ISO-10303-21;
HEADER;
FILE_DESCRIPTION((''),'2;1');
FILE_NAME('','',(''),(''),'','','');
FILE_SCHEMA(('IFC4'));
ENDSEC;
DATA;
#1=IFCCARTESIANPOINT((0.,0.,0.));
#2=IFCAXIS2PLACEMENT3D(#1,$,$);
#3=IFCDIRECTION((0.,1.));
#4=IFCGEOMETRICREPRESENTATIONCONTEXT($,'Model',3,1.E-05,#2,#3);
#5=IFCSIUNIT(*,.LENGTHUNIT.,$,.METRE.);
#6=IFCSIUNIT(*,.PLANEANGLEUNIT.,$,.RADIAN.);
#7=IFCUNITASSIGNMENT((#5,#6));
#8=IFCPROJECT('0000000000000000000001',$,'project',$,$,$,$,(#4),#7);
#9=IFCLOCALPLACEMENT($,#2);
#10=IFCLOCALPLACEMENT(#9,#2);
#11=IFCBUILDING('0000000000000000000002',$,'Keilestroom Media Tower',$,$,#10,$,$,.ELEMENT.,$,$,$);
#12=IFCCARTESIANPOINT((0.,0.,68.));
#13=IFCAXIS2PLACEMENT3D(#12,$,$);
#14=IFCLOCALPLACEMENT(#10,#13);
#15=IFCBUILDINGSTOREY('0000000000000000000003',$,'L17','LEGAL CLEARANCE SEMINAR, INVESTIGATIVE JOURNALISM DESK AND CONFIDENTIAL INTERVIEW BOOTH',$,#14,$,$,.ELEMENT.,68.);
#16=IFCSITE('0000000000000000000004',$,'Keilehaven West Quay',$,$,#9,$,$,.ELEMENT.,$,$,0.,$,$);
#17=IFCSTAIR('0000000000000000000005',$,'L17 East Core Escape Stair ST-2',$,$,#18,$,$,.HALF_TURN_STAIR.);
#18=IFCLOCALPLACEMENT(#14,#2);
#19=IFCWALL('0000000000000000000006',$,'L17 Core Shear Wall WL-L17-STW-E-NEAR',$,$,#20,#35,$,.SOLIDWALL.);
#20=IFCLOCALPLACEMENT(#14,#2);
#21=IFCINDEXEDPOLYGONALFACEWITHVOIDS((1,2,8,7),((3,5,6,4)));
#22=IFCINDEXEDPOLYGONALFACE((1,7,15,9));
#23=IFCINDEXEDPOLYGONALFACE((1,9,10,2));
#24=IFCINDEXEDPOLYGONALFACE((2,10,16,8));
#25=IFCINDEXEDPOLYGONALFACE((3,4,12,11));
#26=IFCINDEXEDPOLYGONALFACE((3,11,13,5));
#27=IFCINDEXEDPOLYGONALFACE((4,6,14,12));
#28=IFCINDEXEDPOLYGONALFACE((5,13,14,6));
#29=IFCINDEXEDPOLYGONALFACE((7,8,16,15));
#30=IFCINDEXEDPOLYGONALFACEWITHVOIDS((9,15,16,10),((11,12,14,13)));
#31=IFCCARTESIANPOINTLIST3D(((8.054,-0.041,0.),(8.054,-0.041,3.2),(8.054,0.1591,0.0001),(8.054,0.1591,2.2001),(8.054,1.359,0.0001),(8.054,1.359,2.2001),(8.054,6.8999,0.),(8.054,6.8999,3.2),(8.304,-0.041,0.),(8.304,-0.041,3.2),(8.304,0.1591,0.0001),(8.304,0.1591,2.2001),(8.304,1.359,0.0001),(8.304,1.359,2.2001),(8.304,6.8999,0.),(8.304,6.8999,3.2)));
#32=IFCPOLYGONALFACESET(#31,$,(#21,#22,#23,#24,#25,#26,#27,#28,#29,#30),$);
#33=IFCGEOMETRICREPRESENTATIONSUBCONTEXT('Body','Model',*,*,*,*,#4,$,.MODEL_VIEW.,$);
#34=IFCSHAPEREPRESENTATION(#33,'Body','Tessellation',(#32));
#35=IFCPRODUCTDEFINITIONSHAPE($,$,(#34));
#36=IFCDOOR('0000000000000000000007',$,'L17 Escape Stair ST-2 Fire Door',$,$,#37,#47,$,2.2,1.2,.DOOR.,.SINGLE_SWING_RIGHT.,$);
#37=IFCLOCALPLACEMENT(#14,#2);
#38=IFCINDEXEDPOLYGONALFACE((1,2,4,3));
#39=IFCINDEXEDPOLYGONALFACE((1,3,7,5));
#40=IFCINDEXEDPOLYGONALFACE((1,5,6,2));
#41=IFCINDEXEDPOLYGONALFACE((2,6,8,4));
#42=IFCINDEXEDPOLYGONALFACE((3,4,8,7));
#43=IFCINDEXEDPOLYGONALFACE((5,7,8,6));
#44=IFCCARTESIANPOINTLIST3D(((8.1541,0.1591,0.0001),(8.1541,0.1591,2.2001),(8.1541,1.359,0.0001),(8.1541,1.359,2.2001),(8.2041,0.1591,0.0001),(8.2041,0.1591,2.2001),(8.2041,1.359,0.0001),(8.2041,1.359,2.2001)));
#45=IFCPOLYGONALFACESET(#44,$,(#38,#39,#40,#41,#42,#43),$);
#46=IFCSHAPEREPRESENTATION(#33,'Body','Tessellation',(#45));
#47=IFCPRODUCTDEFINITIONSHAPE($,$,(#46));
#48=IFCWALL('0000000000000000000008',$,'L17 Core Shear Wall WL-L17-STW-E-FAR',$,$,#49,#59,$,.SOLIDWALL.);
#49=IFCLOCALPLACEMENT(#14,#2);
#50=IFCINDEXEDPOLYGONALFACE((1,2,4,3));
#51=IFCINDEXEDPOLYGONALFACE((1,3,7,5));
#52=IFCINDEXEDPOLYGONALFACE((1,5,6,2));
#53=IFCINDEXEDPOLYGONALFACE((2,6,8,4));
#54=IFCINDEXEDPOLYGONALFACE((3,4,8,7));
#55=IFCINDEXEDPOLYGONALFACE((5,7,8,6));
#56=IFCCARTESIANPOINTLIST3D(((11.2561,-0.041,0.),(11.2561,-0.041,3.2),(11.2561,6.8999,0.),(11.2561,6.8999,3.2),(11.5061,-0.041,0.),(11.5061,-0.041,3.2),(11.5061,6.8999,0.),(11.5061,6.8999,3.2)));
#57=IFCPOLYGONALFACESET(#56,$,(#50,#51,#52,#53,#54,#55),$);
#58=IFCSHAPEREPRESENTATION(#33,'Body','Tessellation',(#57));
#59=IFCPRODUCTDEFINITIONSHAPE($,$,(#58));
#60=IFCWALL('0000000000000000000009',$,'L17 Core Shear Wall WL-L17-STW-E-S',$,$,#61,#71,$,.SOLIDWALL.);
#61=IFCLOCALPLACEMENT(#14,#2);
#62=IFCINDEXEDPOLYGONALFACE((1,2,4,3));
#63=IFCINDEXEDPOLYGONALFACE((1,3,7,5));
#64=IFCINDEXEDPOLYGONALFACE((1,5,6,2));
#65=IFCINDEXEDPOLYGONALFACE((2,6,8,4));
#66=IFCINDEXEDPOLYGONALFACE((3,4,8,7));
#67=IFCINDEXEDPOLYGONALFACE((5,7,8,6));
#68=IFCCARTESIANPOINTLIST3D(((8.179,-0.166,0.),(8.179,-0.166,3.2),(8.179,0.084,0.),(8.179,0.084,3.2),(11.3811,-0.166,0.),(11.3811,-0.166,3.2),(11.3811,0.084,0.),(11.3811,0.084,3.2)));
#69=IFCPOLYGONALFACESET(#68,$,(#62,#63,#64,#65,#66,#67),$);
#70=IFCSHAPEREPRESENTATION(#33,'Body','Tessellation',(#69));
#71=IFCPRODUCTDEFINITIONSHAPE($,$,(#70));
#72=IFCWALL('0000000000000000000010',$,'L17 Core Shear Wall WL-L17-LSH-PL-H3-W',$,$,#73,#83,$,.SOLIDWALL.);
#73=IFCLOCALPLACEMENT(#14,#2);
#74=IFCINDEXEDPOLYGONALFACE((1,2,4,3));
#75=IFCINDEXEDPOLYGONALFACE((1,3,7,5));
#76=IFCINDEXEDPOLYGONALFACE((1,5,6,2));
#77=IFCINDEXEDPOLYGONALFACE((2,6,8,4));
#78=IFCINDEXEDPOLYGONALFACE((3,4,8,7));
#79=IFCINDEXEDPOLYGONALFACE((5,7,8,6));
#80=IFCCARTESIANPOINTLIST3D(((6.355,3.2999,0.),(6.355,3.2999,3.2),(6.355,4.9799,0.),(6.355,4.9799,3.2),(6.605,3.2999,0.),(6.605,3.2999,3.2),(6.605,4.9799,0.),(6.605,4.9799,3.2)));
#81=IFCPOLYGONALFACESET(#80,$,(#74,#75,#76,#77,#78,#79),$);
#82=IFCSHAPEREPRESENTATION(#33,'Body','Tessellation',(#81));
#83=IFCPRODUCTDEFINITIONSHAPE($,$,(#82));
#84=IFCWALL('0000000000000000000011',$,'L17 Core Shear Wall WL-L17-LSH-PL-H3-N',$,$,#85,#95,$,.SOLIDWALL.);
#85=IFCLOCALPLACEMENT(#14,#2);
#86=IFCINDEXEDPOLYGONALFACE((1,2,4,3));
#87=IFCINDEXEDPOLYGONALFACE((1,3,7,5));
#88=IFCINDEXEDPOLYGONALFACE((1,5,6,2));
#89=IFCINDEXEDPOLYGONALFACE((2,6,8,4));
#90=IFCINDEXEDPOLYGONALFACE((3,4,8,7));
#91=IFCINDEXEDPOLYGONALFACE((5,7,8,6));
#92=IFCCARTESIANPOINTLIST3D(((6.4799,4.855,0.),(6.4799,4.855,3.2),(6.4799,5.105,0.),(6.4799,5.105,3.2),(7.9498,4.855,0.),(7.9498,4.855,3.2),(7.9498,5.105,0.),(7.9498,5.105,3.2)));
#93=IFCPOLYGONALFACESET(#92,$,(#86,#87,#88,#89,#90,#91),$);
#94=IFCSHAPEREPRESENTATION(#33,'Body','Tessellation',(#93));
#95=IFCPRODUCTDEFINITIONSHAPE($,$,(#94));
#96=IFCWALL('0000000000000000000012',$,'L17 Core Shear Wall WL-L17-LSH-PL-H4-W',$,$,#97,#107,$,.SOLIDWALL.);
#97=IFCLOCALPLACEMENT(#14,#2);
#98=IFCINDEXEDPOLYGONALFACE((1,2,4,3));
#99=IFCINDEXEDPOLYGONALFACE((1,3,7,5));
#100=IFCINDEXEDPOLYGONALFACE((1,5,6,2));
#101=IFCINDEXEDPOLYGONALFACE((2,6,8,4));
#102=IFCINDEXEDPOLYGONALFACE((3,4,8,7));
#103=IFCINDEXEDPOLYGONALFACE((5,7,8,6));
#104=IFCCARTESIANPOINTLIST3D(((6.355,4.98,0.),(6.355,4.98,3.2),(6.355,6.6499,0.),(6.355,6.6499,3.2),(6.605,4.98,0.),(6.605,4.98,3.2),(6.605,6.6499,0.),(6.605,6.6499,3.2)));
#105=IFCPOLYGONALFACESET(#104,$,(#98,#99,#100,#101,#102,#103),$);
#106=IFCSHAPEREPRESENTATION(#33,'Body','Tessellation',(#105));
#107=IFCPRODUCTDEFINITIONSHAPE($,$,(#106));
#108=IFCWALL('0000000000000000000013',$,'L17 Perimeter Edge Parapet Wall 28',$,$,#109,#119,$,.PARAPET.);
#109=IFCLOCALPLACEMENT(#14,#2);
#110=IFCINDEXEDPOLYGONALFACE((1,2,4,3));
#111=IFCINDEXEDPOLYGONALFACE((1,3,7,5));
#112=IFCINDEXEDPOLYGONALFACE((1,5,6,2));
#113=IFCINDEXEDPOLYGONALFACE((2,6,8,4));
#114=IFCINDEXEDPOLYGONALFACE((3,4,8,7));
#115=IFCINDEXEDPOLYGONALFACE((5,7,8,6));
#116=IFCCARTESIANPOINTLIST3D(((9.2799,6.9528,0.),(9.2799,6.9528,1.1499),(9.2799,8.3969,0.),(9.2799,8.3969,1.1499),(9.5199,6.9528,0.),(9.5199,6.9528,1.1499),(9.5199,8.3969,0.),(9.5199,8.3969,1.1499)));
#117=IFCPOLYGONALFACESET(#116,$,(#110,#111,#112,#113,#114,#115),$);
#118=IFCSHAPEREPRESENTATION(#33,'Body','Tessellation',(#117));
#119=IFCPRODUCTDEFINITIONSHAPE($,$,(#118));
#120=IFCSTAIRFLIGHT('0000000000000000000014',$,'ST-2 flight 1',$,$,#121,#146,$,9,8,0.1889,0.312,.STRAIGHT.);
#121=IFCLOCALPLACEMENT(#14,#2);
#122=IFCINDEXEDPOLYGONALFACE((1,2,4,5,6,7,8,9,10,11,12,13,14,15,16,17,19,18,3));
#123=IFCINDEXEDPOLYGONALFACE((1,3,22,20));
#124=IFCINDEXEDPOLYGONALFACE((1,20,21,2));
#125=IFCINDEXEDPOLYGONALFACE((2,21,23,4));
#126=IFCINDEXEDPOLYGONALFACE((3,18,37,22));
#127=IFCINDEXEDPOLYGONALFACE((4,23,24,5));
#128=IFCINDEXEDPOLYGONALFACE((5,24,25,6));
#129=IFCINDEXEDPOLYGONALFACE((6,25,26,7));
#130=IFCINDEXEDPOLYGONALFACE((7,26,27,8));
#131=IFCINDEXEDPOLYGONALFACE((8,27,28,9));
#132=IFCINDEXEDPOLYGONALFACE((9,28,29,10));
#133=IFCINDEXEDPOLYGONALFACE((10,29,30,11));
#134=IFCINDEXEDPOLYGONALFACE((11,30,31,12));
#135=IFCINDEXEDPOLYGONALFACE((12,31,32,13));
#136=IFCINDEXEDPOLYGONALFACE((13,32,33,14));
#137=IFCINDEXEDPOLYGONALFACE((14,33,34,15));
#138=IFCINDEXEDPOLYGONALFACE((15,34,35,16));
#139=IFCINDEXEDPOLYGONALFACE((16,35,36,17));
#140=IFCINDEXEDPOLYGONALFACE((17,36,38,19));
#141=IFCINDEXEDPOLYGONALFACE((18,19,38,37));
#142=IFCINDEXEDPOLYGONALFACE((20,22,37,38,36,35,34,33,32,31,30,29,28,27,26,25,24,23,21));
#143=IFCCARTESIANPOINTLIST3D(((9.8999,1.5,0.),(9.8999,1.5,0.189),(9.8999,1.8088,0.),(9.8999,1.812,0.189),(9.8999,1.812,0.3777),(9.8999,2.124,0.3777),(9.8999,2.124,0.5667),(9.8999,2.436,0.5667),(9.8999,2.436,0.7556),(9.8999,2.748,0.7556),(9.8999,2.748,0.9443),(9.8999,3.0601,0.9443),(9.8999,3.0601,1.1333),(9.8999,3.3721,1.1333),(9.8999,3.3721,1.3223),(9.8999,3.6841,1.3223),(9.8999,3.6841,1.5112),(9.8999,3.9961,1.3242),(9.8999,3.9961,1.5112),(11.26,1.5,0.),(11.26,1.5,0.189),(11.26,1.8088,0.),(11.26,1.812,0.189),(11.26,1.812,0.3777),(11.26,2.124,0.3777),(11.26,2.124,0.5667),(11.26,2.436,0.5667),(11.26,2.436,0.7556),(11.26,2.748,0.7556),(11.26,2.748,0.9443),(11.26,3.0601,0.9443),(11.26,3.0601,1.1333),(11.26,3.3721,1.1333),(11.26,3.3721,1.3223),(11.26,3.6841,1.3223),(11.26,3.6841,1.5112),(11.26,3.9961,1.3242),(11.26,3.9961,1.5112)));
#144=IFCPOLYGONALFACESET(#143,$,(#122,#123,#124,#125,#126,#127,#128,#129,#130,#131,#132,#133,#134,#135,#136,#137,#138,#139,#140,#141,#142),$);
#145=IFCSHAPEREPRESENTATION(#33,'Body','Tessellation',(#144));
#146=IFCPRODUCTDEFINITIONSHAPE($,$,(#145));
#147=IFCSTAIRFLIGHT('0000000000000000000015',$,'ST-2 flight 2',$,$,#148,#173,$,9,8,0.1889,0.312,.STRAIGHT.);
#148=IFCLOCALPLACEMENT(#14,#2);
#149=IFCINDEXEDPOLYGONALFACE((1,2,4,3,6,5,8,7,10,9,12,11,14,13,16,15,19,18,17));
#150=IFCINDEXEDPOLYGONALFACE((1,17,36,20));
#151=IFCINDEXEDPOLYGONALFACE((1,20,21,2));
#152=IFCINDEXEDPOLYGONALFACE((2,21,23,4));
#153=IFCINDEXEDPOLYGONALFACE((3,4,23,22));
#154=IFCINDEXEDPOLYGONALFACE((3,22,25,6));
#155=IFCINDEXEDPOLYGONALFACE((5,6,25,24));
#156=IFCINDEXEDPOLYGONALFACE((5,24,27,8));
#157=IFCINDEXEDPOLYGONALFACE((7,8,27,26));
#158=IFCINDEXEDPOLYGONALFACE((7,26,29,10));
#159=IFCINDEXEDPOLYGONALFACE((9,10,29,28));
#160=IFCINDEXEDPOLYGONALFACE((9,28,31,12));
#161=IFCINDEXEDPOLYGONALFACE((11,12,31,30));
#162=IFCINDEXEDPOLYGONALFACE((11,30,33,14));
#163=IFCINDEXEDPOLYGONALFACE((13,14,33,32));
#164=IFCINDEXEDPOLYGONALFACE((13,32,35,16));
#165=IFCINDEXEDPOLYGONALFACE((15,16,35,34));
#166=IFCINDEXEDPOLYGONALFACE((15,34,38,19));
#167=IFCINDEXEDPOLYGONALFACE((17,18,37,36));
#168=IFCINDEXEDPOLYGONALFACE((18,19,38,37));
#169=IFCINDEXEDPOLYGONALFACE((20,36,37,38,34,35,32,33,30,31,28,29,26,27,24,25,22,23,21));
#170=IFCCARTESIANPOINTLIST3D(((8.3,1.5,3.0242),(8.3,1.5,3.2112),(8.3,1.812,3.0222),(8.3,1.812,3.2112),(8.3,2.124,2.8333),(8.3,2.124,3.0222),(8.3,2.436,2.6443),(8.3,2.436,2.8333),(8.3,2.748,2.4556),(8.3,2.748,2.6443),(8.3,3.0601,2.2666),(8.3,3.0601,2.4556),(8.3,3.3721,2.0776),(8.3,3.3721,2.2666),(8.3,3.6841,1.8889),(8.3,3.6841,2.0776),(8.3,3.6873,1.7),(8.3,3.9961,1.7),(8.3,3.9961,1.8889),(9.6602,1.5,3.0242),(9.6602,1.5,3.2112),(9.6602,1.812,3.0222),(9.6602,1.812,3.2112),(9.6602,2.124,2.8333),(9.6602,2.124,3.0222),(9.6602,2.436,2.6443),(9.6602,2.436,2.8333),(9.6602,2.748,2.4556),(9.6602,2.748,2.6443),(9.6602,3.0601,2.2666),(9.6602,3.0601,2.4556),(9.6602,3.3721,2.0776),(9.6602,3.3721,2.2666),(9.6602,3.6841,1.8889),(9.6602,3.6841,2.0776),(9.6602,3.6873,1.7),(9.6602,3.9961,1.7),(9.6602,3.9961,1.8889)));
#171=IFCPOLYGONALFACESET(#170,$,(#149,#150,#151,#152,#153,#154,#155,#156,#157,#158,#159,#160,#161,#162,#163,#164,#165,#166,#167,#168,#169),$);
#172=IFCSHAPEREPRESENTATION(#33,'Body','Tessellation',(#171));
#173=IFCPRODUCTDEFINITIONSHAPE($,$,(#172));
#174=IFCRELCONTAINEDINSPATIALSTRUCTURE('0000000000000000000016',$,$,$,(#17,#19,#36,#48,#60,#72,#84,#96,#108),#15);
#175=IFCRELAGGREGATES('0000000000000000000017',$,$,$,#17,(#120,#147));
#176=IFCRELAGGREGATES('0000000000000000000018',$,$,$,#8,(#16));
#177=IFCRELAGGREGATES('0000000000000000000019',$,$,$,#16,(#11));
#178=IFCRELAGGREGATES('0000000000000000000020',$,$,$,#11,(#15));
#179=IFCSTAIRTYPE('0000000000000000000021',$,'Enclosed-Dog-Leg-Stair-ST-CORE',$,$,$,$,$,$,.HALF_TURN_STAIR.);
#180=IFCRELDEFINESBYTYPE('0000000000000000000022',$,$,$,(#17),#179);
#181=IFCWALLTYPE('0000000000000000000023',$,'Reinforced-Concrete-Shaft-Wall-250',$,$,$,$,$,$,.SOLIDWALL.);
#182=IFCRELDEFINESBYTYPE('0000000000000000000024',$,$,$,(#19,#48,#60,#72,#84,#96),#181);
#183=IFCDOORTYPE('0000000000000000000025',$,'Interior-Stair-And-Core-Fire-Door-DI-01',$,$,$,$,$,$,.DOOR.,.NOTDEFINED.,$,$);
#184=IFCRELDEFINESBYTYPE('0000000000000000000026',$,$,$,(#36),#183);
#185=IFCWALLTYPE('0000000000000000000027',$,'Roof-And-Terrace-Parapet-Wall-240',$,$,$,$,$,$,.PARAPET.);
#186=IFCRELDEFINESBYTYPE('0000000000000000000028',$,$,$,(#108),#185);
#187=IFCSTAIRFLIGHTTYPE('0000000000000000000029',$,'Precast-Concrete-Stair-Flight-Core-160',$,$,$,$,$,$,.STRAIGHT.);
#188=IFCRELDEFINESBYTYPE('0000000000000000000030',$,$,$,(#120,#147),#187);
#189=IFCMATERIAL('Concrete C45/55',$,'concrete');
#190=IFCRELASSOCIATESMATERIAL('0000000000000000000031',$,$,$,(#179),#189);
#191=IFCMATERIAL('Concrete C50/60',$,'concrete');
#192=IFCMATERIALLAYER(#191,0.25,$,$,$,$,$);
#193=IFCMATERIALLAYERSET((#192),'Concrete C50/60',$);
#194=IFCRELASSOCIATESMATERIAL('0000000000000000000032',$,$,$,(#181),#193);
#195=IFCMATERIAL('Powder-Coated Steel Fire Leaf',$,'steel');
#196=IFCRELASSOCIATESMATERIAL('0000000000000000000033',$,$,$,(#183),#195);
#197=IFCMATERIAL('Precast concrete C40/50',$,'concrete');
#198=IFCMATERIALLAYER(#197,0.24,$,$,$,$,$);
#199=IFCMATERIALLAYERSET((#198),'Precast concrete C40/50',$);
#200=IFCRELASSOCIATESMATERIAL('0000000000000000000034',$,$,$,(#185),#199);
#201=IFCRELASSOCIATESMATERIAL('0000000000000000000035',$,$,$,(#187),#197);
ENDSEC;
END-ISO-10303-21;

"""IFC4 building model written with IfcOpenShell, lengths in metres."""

from ifc_helpers import new_model, si_unit, direction, frame, frame_2d, origin, place, context, subcontext, project, spatial, polyline, rectangle, outline, extrude, source, transform, mapped, material, layer, layer_set, type_object, element, fill, aggregate, save


model = new_model("IFC4")

# Units and contexts
model_context = context("Model", 3, precision=1e-05, world=origin(), true_north=direction((0.0, 1.0)))
body_context = subcontext(model_context, "Body", "Model", "MODEL_VIEW")
ifc_project = project(units=[si_unit("LENGTHUNIT", "METRE"), si_unit("PLANEANGLEUNIT", "RADIAN")], contexts=[model_context])

# Site, building, storey
site_placement = place(None, origin())
site = spatial("IfcSite", under=ifc_project, at=site_placement, Name="Keilehaven West Quay", CompositionType="ELEMENT", RefElevation=0.0)
building_placement = place(site_placement, origin())
building = spatial("IfcBuilding", under=site, at=building_placement, Name="Keilestroom Media Tower", CompositionType="ELEMENT")
storey_placement = place(building_placement, frame((0.0, 0.0, 68.0)))
storey = spatial("IfcBuildingStorey", under=building, at=storey_placement, Name="L17", Description="LEGAL CLEARANCE SEMINAR, INVESTIGATIVE JOURNALISM DESK AND CONFIDENTIAL INTERVIEW BOOTH", CompositionType="ELEMENT", Elevation=68.0)

# Stair
ifc_material_1 = material(Name="Concrete C45/55", Category="concrete")
stair_type = type_object("IfcStairType", Name="Enclosed-Dog-Leg-Stair-ST-CORE", PredefinedType="HALF_TURN_STAIR", material=ifc_material_1)
stair_1_placement = place(storey_placement, origin())
stair_1 = element("IfcStair", 1, at=stair_1_placement, inside=storey, type_object=stair_type, Name="L17 East Core Escape Stair ST-2", PredefinedType="HALF_TURN_STAIR")

# Shared definitions
ifc_material_2 = material(Name="Concrete C50/60", Category="concrete")
ifc_layer_1 = layer(ifc_material_2, 0.25)
ifc_layer_set_1 = layer_set([ifc_layer_1], Name="Concrete C50/60")
wall_type_1 = type_object("IfcWallType", Name="Reinforced-Concrete-Shaft-Wall-250", PredefinedType="SOLIDWALL", material=ifc_layer_set_1)

# Wall, opening, door
wall_1_placement = place(storey_placement, frame((8.179, -0.041, 0.0), z_axis=(0.0, 0.0, 1.0), x_axis=(0.0, 1.0, 0.0)))
wall_1 = element("IfcWall", 2, at=wall_1_placement, inside=storey, type_object=wall_type_1, Name="L17 Core Shear Wall WL-L17-STW-E-NEAR", PredefinedType="SOLIDWALL", context=body_context, shape_type="SweptSolid", body=[
    extrude(rectangle(XDim=6.9409, YDim=0.25, at=frame_2d((3.4705, 0.0))), origin(), (0.0, 0.0, 1.0), 3.2),
])
opening_placement = place(wall_1_placement, frame((0.2, 0.0, 0.0)))
opening = element("IfcOpeningElement", 3, at=opening_placement, cuts=wall_1, PredefinedType="OPENING", context=body_context, shape_type="SweptSolid", body=[
    extrude(rectangle(XDim=1.2, YDim=2.2, at=frame_2d((0.6001, 1.1001))), frame((0.0, 0.135, 0.0), z_axis=(0.0, -1.0, 0.0), x_axis=(1.0, 0.0, 0.0)), (0.0, 0.0, 1.0), 0.27),
])
ifc_material_3 = material(Name="Powder-Coated Steel Fire Leaf", Category="steel")
door_type = type_object("IfcDoorType", Name="Interior-Stair-And-Core-Fire-Door-DI-01", OperationType="NOTDEFINED", PredefinedType="DOOR", material=ifc_material_3)
shared_shape_1 = source(origin(), body_context, "Body", "SweptSolid", [
    extrude(rectangle(XDim=1.2, YDim=2.2, at=frame_2d((0.6001, 1.1001))), frame((0.0, 0.0249, 0.0), z_axis=(0.0, -1.0, 0.0), x_axis=(1.0, 0.0, 0.0)), (0.0, 0.0, 1.0), 0.05),
])
door_placement = place(opening_placement, origin())
door = element("IfcDoor", 4, at=door_placement, inside=storey, type_object=door_type, Name="L17 Escape Stair ST-2 Fire Door", OperationType="SINGLE_SWING_RIGHT", OverallHeight=2.2, OverallWidth=1.2, PredefinedType="DOOR", context=body_context, shape_type="MappedRepresentation", body=[
    mapped(shared_shape_1, transform((0.0, 0.0, 0.0), x_axis=(1.0, 0.0, 0.0), y_axis=(0.0, 1.0, 0.0), z_axis=(0.0, 0.0, 1.0), scale=1.0)),
])
fill(opening, door)

# Walls
wall_2_placement = place(storey_placement, frame((11.3811, -0.041, 0.0), z_axis=(0.0, 0.0, 1.0), x_axis=(0.0, 1.0, 0.0)))
element("IfcWall", 5, at=wall_2_placement, inside=storey, type_object=wall_type_1, Name="L17 Core Shear Wall WL-L17-STW-E-FAR", PredefinedType="SOLIDWALL", context=body_context, shape_type="SweptSolid", body=[
    extrude(rectangle(XDim=6.9409, YDim=0.25, at=frame_2d((3.4705, 0.0))), origin(), (0.0, 0.0, 1.0), 3.2),
])
wall_3_placement = place(storey_placement, frame((8.179, -0.041, 0.0), z_axis=(0.0, 0.0, 1.0), x_axis=(1.0, 0.0, 0.0)))
element("IfcWall", 6, at=wall_3_placement, inside=storey, type_object=wall_type_1, Name="L17 Core Shear Wall WL-L17-STW-E-S", PredefinedType="SOLIDWALL", context=body_context, shape_type="SweptSolid", body=[
    extrude(rectangle(XDim=3.2021, YDim=0.25, at=frame_2d((1.6011, 0.0))), origin(), (0.0, 0.0, 1.0), 3.2),
])
wall_4_placement = place(storey_placement, frame((6.48, 3.3, 0.0), z_axis=(0.0, 0.0, 1.0), x_axis=(0.0, 1.0, 0.0)))
element("IfcWall", 7, at=wall_4_placement, inside=storey, type_object=wall_type_1, Name="L17 Core Shear Wall WL-L17-LSH-PL-H3-W", PredefinedType="SOLIDWALL", context=body_context, shape_type="SweptSolid", body=[
    extrude(rectangle(XDim=1.6799, YDim=0.25, at=frame_2d((0.8398, 0.0))), origin(), (0.0, 0.0, 1.0), 3.2),
])
wall_5_placement = place(storey_placement, frame((6.48, 4.98, 0.0), z_axis=(0.0, 0.0, 1.0), x_axis=(1.0, 0.0, 0.0)))
element("IfcWall", 8, at=wall_5_placement, inside=storey, type_object=wall_type_1, Name="L17 Core Shear Wall WL-L17-LSH-PL-H3-N", PredefinedType="SOLIDWALL", context=body_context, shape_type="SweptSolid", body=[
    extrude(rectangle(XDim=1.47, YDim=0.25, at=frame_2d((0.7349, 0.0))), origin(), (0.0, 0.0, 1.0), 3.2),
])
wall_6_placement = place(storey_placement, frame((6.48, 4.98, 0.0), z_axis=(0.0, 0.0, 1.0), x_axis=(0.0, 1.0, 0.0)))
element("IfcWall", 9, at=wall_6_placement, inside=storey, type_object=wall_type_1, Name="L17 Core Shear Wall WL-L17-LSH-PL-H4-W", PredefinedType="SOLIDWALL", context=body_context, shape_type="SweptSolid", body=[
    extrude(rectangle(XDim=1.6699, YDim=0.25, at=frame_2d((0.835, 0.0))), origin(), (0.0, 0.0, 1.0), 3.2),
])
ifc_material_4 = material(Name="Precast concrete C40/50", Category="concrete")
ifc_layer_2 = layer(ifc_material_4, 0.24)
ifc_layer_set_2 = layer_set([ifc_layer_2], Name="Precast concrete C40/50")
wall_type_2 = type_object("IfcWallType", Name="Roof-And-Terrace-Parapet-Wall-240", PredefinedType="PARAPET", material=ifc_layer_set_2)
wall_7_placement = place(storey_placement, frame((9.3999, 8.397, 0.0), z_axis=(0.0, 0.0, 1.0), x_axis=(0.0, -1.0, 0.0)))
element("IfcWall", 10, at=wall_7_placement, inside=storey, type_object=wall_type_2, Name="L17 Perimeter Edge Parapet Wall 28", PredefinedType="PARAPET", context=body_context, shape_type="SweptSolid", body=[
    extrude(rectangle(XDim=1.4441, YDim=0.24, at=frame_2d((0.7222, 0.0))), origin(), (0.0, 0.0, 1.0), 1.1499),
])

# Stair flights
stair_flight_type = type_object("IfcStairFlightType", Name="Precast-Concrete-Stair-Flight-Core-160", PredefinedType="STRAIGHT", material=ifc_material_4)
stair_flight_1_placement = place(storey_placement, frame((10.5801, 1.5, 0.0), z_axis=(0.0, 0.0, 1.0), x_axis=(0.0, 1.0, 0.0)))
stair_flight_1 = element("IfcStairFlight", 11, at=stair_flight_1_placement, type_object=stair_flight_type, Name="ST-2 flight 1", NumberOfRisers=9, NumberOfTreads=8, PredefinedType="STRAIGHT", RiserHeight=0.1889, TreadLength=0.312, context=body_context, shape_type="SweptSolid", body=[
    extrude(outline(polyline([(0.0, 0.0), (0.0, 0.189), (0.312, 0.189), (0.312, 0.3777), (0.624, 0.3777), (0.624, 0.5667), (0.936, 0.5667), (0.936, 0.7556), (1.248, 0.7556), (1.248, 0.9443), (1.5601, 0.9443), (1.5601, 1.1333), (1.8721, 1.1333), (1.8721, 1.3223), (2.1841, 1.3223), (2.1841, 1.5112), (2.4961, 1.5112), (2.4961, 1.7), (2.4961, 1.3242), (0.3088, 0.0), (0.0, 0.0)])), frame((0.0, 0.6802, 0.0), z_axis=(0.0, -1.0, 0.0), x_axis=(1.0, 0.0, 0.0)), (0.0, 0.0, 1.0), 1.3601),
])
stair_flight_2_placement = place(storey_placement, frame((8.98, 3.9961, 1.7), z_axis=(0.0, 0.0, 1.0), x_axis=(0.0, -1.0, 0.0)))
stair_flight_2 = element("IfcStairFlight", 12, at=stair_flight_2_placement, type_object=stair_flight_type, Name="ST-2 flight 2", NumberOfRisers=9, NumberOfTreads=8, PredefinedType="STRAIGHT", RiserHeight=0.1889, TreadLength=0.312, context=body_context, shape_type="SweptSolid", body=[
    extrude(outline(polyline([(0.0, 0.0), (0.0, 0.189), (0.312, 0.189), (0.312, 0.3777), (0.624, 0.3777), (0.624, 0.5667), (0.936, 0.5667), (0.936, 0.7556), (1.248, 0.7556), (1.248, 0.9443), (1.5601, 0.9443), (1.5601, 1.1333), (1.8721, 1.1333), (1.8721, 1.3223), (2.1841, 1.3223), (2.1841, 1.5112), (2.4961, 1.5112), (2.4961, 1.7), (2.4961, 1.3242), (0.3088, 0.0), (0.0, 0.0)])), frame((0.0, 0.6802, 0.0), z_axis=(0.0, -1.0, 0.0), x_axis=(1.0, 0.0, 0.0)), (0.0, 0.0, 1.0), 1.3601),
])
aggregate(stair_1, [stair_flight_1, stair_flight_2])

save(model, "model.ifc")
